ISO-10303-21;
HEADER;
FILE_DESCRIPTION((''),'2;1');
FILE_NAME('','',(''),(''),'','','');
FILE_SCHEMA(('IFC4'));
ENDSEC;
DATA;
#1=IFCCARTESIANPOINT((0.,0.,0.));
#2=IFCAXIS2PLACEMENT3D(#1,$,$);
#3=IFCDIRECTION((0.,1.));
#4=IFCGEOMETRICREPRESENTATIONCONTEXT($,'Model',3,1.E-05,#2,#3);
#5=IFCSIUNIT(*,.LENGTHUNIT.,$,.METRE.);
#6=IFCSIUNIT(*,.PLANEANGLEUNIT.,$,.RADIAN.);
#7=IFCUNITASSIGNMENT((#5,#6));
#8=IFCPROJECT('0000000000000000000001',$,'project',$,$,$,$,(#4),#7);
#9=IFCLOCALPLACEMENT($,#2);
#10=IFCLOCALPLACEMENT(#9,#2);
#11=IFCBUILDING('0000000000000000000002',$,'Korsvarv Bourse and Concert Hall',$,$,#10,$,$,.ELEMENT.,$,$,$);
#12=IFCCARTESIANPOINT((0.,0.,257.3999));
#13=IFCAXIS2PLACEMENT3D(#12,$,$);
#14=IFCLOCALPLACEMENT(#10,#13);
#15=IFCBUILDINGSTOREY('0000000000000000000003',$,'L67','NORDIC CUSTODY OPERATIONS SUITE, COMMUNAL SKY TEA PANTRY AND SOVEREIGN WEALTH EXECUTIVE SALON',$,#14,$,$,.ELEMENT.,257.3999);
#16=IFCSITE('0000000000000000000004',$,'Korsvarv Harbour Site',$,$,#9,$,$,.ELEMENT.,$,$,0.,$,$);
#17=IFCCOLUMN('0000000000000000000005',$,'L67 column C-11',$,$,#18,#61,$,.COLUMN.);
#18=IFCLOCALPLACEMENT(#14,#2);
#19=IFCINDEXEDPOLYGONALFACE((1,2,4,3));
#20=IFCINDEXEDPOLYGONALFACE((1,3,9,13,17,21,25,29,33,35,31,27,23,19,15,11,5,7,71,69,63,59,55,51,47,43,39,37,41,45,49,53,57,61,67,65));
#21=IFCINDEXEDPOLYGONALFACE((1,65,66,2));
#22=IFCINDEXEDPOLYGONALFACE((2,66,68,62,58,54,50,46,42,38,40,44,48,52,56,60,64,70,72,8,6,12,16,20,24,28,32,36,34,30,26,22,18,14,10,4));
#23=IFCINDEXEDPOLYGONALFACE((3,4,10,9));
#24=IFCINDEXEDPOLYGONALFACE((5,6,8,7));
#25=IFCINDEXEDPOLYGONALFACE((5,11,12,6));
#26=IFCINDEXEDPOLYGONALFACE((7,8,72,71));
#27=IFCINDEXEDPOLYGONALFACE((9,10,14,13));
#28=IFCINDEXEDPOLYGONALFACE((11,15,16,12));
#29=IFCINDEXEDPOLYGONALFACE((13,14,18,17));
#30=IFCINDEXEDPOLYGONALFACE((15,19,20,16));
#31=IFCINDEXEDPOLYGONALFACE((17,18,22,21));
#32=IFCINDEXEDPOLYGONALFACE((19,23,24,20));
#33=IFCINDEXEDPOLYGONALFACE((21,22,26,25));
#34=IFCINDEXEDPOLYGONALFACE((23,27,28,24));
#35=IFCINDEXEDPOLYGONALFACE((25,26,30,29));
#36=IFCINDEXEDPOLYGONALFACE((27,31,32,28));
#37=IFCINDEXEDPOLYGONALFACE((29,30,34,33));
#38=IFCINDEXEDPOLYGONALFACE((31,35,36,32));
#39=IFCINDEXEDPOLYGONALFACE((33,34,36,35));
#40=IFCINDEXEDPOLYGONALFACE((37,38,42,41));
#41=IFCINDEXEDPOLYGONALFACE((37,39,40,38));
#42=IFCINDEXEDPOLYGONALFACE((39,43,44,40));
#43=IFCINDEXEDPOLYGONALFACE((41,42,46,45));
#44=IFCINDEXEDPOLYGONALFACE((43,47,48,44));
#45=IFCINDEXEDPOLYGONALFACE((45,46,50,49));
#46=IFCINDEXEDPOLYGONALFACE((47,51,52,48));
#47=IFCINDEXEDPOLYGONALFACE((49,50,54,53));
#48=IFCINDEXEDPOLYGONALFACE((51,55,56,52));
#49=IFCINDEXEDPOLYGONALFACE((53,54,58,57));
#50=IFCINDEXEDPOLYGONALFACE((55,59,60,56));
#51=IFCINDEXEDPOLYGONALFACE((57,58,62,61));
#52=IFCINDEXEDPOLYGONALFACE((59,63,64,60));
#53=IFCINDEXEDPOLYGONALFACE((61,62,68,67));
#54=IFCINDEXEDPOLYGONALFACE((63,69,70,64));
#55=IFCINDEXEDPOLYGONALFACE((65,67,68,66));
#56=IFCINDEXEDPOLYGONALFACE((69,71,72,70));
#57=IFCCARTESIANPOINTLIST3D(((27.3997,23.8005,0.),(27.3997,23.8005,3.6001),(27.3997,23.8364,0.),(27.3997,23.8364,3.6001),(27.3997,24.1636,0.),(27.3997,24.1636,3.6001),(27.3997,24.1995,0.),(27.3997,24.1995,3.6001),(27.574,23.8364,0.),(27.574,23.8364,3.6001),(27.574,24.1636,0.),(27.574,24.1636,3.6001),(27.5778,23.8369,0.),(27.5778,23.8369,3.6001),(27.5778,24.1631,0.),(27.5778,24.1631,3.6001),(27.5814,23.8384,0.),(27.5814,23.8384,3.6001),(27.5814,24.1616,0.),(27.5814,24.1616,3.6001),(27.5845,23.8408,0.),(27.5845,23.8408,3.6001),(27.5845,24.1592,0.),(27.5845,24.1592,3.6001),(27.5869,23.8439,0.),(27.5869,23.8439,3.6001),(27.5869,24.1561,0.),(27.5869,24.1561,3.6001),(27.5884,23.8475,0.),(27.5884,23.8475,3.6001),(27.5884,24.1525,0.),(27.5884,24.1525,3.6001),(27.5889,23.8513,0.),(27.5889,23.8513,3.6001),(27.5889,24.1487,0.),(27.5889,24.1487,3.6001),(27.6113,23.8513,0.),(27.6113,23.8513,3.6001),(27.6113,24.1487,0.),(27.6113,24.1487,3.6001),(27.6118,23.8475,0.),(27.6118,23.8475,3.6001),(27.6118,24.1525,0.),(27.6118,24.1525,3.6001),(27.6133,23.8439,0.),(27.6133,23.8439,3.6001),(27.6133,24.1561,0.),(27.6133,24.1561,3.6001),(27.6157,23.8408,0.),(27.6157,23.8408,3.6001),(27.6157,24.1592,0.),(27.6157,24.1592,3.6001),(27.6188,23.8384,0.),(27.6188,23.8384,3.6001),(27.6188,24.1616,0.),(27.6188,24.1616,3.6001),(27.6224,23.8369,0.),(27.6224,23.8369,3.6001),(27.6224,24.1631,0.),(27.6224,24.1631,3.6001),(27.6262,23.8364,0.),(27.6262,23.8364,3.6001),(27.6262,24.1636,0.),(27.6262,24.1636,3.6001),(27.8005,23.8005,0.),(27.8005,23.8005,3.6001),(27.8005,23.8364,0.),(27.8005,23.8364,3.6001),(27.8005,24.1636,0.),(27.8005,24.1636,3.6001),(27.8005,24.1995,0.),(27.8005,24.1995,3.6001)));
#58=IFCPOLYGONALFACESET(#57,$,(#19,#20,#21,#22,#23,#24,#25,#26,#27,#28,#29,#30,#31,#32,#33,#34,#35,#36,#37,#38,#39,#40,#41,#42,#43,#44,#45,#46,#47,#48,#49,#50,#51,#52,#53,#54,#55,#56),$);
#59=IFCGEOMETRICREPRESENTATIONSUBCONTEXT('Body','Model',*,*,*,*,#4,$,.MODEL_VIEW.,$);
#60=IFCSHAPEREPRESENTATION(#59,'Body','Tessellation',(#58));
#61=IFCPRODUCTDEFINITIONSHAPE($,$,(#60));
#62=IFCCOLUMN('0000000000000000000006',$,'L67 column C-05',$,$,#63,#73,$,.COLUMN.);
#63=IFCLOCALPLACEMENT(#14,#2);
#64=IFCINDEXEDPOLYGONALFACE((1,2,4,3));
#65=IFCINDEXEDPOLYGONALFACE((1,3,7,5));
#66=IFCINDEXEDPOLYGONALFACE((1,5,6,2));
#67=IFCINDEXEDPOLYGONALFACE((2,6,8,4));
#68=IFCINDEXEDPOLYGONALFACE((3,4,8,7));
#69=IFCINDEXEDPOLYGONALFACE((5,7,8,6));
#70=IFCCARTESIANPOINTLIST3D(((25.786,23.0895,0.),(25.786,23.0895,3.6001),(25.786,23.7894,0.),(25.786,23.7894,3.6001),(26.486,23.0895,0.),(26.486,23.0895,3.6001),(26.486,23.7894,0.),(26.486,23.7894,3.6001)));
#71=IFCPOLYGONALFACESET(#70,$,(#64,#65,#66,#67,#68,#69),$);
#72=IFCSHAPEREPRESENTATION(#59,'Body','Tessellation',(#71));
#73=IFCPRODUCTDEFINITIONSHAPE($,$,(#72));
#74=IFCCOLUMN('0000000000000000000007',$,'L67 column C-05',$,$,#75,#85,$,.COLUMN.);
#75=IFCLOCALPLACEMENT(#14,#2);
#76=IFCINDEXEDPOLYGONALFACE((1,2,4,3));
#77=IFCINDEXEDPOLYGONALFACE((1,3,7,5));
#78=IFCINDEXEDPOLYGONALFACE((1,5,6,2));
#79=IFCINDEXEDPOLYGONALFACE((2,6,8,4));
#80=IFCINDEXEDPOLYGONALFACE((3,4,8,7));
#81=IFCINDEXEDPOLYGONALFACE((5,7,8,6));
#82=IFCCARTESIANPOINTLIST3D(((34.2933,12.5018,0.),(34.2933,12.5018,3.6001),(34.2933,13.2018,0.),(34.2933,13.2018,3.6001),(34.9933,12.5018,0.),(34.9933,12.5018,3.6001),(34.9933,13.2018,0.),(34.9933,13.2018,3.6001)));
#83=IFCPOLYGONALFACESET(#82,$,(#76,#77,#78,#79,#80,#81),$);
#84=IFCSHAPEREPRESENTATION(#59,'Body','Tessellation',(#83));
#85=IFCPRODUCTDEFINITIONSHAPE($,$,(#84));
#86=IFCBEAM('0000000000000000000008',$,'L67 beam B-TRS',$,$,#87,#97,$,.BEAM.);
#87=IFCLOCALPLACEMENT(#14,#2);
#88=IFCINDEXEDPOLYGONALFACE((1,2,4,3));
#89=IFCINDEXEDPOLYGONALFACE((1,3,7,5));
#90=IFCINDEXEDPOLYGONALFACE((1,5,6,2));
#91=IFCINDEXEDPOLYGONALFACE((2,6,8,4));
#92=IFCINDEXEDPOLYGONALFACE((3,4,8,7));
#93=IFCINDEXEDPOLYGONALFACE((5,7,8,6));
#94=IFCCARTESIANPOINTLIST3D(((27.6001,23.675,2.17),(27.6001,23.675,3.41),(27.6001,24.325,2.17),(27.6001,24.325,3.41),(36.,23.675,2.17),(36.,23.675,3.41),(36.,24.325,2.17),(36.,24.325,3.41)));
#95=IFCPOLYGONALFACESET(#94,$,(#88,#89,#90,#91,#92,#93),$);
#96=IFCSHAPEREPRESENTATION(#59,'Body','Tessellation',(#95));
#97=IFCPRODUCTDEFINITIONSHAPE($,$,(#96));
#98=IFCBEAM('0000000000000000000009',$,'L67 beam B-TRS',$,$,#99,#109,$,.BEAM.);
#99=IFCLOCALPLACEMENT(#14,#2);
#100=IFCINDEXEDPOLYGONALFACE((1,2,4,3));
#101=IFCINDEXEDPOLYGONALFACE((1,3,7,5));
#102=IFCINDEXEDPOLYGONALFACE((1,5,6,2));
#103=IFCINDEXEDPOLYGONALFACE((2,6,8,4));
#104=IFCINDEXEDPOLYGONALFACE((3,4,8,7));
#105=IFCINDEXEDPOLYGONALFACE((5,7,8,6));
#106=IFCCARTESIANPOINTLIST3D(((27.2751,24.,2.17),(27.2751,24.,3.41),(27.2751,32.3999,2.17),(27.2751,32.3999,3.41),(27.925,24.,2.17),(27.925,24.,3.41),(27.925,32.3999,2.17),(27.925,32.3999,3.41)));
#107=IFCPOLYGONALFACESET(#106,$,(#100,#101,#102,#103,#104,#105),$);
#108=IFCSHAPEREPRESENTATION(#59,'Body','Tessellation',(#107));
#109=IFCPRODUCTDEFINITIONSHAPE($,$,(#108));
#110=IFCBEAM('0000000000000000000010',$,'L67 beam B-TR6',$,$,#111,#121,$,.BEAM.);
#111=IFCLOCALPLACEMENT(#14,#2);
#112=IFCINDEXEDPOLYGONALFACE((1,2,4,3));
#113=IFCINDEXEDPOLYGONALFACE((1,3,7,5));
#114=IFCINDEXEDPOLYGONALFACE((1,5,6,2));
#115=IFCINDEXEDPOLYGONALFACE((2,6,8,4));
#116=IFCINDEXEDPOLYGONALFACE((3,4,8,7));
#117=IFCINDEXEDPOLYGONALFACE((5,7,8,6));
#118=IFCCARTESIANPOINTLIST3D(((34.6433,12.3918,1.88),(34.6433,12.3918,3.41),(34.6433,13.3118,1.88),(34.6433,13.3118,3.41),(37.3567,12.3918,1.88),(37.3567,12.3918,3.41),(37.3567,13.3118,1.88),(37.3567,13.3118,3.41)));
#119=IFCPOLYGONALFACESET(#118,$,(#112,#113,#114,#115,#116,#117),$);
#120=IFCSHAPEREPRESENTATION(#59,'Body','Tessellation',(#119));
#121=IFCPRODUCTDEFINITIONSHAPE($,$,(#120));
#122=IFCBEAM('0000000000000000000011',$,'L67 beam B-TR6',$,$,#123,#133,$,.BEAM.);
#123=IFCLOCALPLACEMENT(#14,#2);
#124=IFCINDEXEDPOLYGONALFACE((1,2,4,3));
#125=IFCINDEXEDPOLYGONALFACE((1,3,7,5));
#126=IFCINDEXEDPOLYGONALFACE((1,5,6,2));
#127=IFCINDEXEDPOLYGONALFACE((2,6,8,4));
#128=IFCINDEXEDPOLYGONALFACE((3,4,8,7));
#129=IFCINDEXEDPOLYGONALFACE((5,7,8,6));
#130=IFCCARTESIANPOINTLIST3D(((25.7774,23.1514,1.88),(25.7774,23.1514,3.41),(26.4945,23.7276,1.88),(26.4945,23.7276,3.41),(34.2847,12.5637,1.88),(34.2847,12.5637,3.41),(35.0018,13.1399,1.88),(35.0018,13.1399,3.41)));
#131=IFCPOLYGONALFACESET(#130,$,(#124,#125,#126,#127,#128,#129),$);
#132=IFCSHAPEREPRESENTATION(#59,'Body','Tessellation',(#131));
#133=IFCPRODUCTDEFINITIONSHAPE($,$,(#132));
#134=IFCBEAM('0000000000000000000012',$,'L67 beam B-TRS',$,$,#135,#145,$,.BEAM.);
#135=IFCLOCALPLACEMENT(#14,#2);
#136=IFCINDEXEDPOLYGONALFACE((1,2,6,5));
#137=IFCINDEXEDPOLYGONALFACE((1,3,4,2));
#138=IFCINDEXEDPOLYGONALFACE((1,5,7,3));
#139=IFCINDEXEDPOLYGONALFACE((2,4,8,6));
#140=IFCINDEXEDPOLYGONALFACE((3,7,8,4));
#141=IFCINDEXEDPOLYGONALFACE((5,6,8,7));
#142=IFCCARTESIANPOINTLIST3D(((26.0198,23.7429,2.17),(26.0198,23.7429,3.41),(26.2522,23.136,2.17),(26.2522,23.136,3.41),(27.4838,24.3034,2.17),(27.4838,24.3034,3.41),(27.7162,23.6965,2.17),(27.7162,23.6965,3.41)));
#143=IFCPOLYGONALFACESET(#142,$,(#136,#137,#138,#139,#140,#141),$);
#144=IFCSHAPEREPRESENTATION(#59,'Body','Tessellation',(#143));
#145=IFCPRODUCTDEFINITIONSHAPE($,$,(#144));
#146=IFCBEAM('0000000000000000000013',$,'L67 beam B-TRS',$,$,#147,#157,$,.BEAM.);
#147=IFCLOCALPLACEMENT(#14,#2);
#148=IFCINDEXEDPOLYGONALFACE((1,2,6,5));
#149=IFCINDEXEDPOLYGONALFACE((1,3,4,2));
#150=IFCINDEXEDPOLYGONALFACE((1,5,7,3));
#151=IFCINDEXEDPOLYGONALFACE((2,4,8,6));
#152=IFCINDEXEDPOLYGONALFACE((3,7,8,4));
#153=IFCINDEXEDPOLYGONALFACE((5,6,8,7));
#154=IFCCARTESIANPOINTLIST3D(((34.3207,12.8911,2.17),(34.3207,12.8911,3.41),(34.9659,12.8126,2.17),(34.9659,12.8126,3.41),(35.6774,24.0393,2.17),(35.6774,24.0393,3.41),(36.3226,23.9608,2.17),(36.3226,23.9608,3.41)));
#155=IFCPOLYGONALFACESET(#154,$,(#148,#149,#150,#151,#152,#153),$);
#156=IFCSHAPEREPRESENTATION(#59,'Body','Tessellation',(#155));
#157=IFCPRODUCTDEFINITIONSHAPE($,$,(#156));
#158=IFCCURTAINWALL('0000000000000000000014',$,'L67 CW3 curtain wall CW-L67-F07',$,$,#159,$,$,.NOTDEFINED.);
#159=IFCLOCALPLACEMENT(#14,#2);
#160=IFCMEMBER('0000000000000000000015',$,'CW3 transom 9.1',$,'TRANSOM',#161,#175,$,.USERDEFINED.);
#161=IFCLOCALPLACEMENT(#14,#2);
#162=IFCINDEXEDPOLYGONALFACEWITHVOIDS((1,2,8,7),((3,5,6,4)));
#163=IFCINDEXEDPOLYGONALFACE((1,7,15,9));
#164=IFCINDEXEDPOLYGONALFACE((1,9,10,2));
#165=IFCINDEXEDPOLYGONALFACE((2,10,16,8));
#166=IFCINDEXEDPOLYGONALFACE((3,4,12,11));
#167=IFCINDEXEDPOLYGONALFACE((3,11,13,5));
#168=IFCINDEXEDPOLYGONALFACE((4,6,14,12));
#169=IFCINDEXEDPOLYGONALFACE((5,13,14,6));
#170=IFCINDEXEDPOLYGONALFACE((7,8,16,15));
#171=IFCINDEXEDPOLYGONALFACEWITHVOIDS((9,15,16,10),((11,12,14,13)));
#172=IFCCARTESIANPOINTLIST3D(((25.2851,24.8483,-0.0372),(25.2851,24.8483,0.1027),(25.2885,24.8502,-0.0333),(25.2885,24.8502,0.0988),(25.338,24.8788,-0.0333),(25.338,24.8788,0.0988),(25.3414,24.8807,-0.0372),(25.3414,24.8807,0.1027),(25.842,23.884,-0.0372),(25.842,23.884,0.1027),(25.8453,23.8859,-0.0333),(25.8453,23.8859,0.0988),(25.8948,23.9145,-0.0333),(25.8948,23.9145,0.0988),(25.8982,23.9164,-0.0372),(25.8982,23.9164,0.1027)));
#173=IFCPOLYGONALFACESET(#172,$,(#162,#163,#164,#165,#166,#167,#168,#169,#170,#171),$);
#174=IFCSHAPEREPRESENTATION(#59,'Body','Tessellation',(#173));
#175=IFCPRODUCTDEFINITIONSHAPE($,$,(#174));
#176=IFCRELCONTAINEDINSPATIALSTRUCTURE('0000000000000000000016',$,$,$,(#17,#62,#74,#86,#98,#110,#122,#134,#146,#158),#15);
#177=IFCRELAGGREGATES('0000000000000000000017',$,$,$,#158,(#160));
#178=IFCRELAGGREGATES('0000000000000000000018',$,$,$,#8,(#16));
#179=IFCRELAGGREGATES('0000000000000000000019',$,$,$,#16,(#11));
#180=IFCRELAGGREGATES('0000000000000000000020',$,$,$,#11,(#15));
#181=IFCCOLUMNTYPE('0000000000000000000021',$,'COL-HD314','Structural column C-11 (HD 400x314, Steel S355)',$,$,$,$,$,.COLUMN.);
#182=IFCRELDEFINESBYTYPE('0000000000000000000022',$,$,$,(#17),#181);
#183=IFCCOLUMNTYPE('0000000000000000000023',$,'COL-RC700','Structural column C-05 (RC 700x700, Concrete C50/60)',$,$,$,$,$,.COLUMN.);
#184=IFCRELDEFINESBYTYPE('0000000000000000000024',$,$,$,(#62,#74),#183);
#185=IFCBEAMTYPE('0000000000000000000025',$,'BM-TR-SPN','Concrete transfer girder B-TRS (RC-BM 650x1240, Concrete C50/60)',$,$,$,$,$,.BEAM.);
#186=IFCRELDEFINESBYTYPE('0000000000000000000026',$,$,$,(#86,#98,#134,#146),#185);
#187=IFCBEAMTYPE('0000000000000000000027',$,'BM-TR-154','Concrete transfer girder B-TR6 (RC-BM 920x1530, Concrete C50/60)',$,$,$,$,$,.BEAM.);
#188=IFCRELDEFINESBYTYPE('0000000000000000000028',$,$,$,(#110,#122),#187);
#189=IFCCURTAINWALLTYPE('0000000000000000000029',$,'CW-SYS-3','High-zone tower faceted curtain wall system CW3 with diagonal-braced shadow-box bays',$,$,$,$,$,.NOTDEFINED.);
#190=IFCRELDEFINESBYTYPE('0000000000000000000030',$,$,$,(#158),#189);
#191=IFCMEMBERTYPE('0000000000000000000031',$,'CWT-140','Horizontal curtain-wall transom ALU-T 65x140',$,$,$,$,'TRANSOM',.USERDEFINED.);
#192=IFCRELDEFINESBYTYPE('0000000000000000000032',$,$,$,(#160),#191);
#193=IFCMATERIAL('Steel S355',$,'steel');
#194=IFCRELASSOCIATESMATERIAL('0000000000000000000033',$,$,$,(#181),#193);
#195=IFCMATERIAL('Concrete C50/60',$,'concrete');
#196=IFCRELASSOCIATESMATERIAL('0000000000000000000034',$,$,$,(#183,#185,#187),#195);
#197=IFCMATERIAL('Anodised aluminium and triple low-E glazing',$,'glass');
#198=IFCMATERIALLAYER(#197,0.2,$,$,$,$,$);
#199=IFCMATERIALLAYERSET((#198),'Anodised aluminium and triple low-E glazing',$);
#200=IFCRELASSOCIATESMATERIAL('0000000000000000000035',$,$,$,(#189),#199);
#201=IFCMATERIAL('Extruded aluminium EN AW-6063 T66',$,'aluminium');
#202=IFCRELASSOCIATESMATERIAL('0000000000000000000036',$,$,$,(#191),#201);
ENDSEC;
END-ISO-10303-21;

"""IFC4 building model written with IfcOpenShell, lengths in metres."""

from ifc_helpers import new_model, si_unit, direction, frame, origin, origin_2d, place, context, subcontext, project, spatial, rectangle, hollow_rectangle, i_section, extrude, source, transform, mapped, material, layer, layer_set, material_profile, profile_set, type_object, element, aggregate, save


model = new_model("IFC4")

# Units and contexts
model_context = context("Model", 3, precision=1e-05, world=origin(), true_north=direction((0.0, 1.0)))
body_context = subcontext(model_context, "Body", "Model", "MODEL_VIEW")
ifc_project = project(units=[si_unit("LENGTHUNIT", "METRE"), si_unit("PLANEANGLEUNIT", "RADIAN")], contexts=[model_context])

# Site, building, storey
site_placement = place(None, origin())
site = spatial("IfcSite", under=ifc_project, at=site_placement, Name="Korsvarv Harbour Site", CompositionType="ELEMENT", RefElevation=0.0)
building_placement = place(site_placement, origin())
building = spatial("IfcBuilding", under=site, at=building_placement, Name="Korsvarv Bourse and Concert Hall", CompositionType="ELEMENT")
storey_placement = place(building_placement, frame((0.0, 0.0, 257.3999)))
storey = spatial("IfcBuildingStorey", under=building, at=storey_placement, Name="L67", Description="NORDIC CUSTODY OPERATIONS SUITE, COMMUNAL SKY TEA PANTRY AND SOVEREIGN WEALTH EXECUTIVE SALON", CompositionType="ELEMENT", Elevation=257.3999)

# Columns
ifc_material_1 = material(Name="Steel S355", Category="steel")
ifc_material_profile_1 = material_profile(ifc_material_1, i_section(OverallWidth=0.4009, OverallDepth=0.3989, WebThickness=0.0225, FlangeThickness=0.0359, FilletRadius=0.0149, at=origin_2d()), Name="HD 400x314")
ifc_profile_set_1 = profile_set([ifc_material_profile_1], Name="Steel S355")
column_type_1 = type_object("IfcColumnType", Name="COL-HD314", Description="Structural column C-11 (HD 400x314, Steel S355)", PredefinedType="COLUMN", material=ifc_profile_set_1)
shared_shape_1 = source(origin(), body_context, "Body", "SweptSolid", [
    extrude(i_section(OverallWidth=0.4009, OverallDepth=0.3989, WebThickness=0.0225, FlangeThickness=0.0359, FilletRadius=0.0149, at=origin_2d()), origin(), (0.0, 0.0, 1.0), 3.6001),
])
column_placement = place(storey_placement, frame((27.6001, 24.0, 0.0), z_axis=(0.0, 0.0, 1.0), x_axis=(1.0, 0.0, 0.0)))
element("IfcColumn", 1, at=column_placement, inside=storey, type_object=column_type_1, Name="L67 column C-11", PredefinedType="COLUMN", context=body_context, shape_type="MappedRepresentation", body=[
    mapped(shared_shape_1, transform((0.0, 0.0, 0.0), scale=1.0)),
])
ifc_material_2 = material(Name="Concrete C50/60", Category="concrete")
ifc_material_profile_2 = material_profile(ifc_material_2, rectangle(XDim=0.7, YDim=0.7, at=origin_2d()), Name="RC 700x700")
ifc_profile_set_2 = profile_set([ifc_material_profile_2], Name="Concrete C50/60")
column_type_2 = type_object("IfcColumnType", Name="COL-RC700", Description="Structural column C-05 (RC 700x700, Concrete C50/60)", PredefinedType="COLUMN", material=ifc_profile_set_2)
shared_shape_2 = source(origin(), body_context, "Body", "SweptSolid", [
    extrude(rectangle(XDim=0.7, YDim=0.7, at=origin_2d()), origin(), (0.0, 0.0, 1.0), 3.6001),
])
for number, where, z_axis, x_axis, name in (
    (2, (26.136, 23.4395, 0.0), (0.0, 0.0, 1.0), (1.0, 0.0, 0.0), "L67 column C-05"),
    (3, (34.6433, 12.8518, 0.0), (0.0, 0.0, 1.0), (1.0, 0.0, 0.0), "L67 column C-05"),
):
    element("IfcColumn", number, at=place(storey_placement, frame(where, z_axis=z_axis, x_axis=x_axis)), inside=storey, type_object=column_type_2, Name=name, PredefinedType="COLUMN", context=body_context, shape_type="MappedRepresentation", body=[
        mapped(shared_shape_2, transform((0.0, 0.0, 0.0), scale=1.0)),
    ])

# Beams
ifc_material_profile_3 = material_profile(ifc_material_2, rectangle(XDim=0.6499, YDim=1.24, at=origin_2d()), Name="RC-BM 650x1240")
ifc_profile_set_3 = profile_set([ifc_material_profile_3], Name="Concrete C50/60")
beam_type_1 = type_object("IfcBeamType", Name="BM-TR-SPN", Description="Concrete transfer girder B-TRS (RC-BM 650x1240, Concrete C50/60)", PredefinedType="BEAM", material=ifc_profile_set_3)
shared_shape_3 = source(origin(), body_context, "Body", "SweptSolid", [
    extrude(rectangle(XDim=0.6499, YDim=1.24, at=origin_2d()), origin(), (0.0, 0.0, 1.0), 8.3999),
])
for number, where, z_axis, x_axis, name in (
    (4, (27.6001, 24.0, 2.79), (1.0, 0.0, 0.0), (0.0, 1.0, 0.0), "L67 beam B-TRS"),
    (5, (27.6001, 24.0, 2.79), (0.0, 1.0, 0.0), (-1.0, 0.0, 0.0), "L67 beam B-TRS"),
):
    element("IfcBeam", number, at=place(storey_placement, frame(where, z_axis=z_axis, x_axis=x_axis)), inside=storey, type_object=beam_type_1, Name=name, PredefinedType="BEAM", context=body_context, shape_type="MappedRepresentation", body=[
        mapped(shared_shape_3, transform((0.0, 0.0, 0.0), scale=1.0)),
    ])
ifc_material_profile_4 = material_profile(ifc_material_2, rectangle(XDim=0.9199, YDim=1.53, at=origin_2d()), Name="RC-BM 920x1530")
ifc_profile_set_4 = profile_set([ifc_material_profile_4], Name="Concrete C50/60")
beam_type_2 = type_object("IfcBeamType", Name="BM-TR-154", Description="Concrete transfer girder B-TR6 (RC-BM 920x1530, Concrete C50/60)", PredefinedType="BEAM", material=ifc_profile_set_4)
shared_shape_4 = source(origin(), body_context, "Body", "SweptSolid", [
    extrude(rectangle(XDim=0.9199, YDim=1.53, at=origin_2d()), origin(), (0.0, 0.0, 1.0), 2.7134),
])
beam_1_placement = place(storey_placement, frame((34.6433, 12.8518, 2.645), z_axis=(1.0, 0.0, 0.0), x_axis=(0.0, 1.0, 0.0)))
element("IfcBeam", 6, at=beam_1_placement, inside=storey, type_object=beam_type_2, Name="L67 beam B-TR6", PredefinedType="BEAM", context=body_context, shape_type="MappedRepresentation", body=[
    mapped(shared_shape_4, transform((0.0, 0.0, 0.0), scale=1.0)),
])
shared_shape_5 = source(origin(), body_context, "Body", "SweptSolid", [
    extrude(rectangle(XDim=0.9199, YDim=1.53, at=origin_2d()), origin(), (0.0, 0.0, 1.0), 13.582),
])
beam_2_placement = place(storey_placement, frame((26.136, 23.4395, 2.645), z_axis=(0.626364, -0.779531, 0.0), x_axis=(0.779531, 0.626364, 0.0)))
element("IfcBeam", 7, at=beam_2_placement, inside=storey, type_object=beam_type_2, Name="L67 beam B-TR6", PredefinedType="BEAM", context=body_context, shape_type="MappedRepresentation", body=[
    mapped(shared_shape_5, transform((0.0, 0.0, 0.0), scale=1.0)),
])
shared_shape_6 = source(origin(), body_context, "Body", "SweptSolid", [
    extrude(rectangle(XDim=0.6499, YDim=1.24, at=origin_2d()), origin(), (0.0, 0.0, 1.0), 1.5676),
])
beam_3_placement = place(storey_placement, frame((26.136, 23.4395, 2.79), z_axis=(0.933894, 0.357549, 0.0), x_axis=(-0.357549, 0.933894, 0.0)))
element("IfcBeam", 8, at=beam_3_placement, inside=storey, type_object=beam_type_1, Name="L67 beam B-TRS", PredefinedType="BEAM", context=body_context, shape_type="MappedRepresentation", body=[
    mapped(shared_shape_6, transform((0.0, 0.0, 0.0), scale=1.0)),
])
shared_shape_7 = source(origin(), body_context, "Body", "SweptSolid", [
    extrude(rectangle(XDim=0.6499, YDim=1.24, at=origin_2d()), origin(), (0.0, 0.0, 1.0), 11.2305),
])
beam_4_placement = place(storey_placement, frame((34.6433, 12.8518, 2.79), z_axis=(0.120805, 0.992676, 0.0), x_axis=(-0.992676, 0.120805, 0.0)))
element("IfcBeam", 9, at=beam_4_placement, inside=storey, type_object=beam_type_1, Name="L67 beam B-TRS", PredefinedType="BEAM", context=body_context, shape_type="MappedRepresentation", body=[
    mapped(shared_shape_7, transform((0.0, 0.0, 0.0), scale=1.0)),
])

# Curtain wall, member
ifc_material_3 = material(Name="Anodised aluminium and triple low-E glazing", Category="glass")
ifc_layer_1 = layer(ifc_material_3, 0.2)
ifc_layer_set_1 = layer_set([ifc_layer_1], Name="Anodised aluminium and triple low-E glazing")
curtain_wall_type = type_object("IfcCurtainWallType", Name="CW-SYS-3", Description="High-zone tower faceted curtain wall system CW3 with diagonal-braced shadow-box bays", PredefinedType="NOTDEFINED", material=ifc_layer_set_1)
curtain_wall_placement = place(storey_placement, origin())
curtain_wall = element("IfcCurtainWall", 10, at=curtain_wall_placement, inside=storey, type_object=curtain_wall_type, Name="L67 CW3 curtain wall CW-L67-F07", PredefinedType="NOTDEFINED")
ifc_material_4 = material(Name="Extruded aluminium EN AW-6063 T66", Category="aluminium")
ifc_material_profile_5 = material_profile(ifc_material_4, hollow_rectangle(XDim=0.0649, YDim=0.1399, WallThickness=0.0039, at=origin_2d()), Name="ALU-T 65x140")
ifc_profile_set_5 = profile_set([ifc_material_profile_5], Name="Extruded aluminium EN AW-6063 T66")
member_type_1 = type_object("IfcMemberType", Name="CWT-140", Description="Horizontal curtain-wall transom ALU-T 65x140", ElementType="TRANSOM", PredefinedType="USERDEFINED", material=ifc_profile_set_5)
shared_shape_8 = source(origin(), body_context, "Body", "SweptSolid", [
    extrude(hollow_rectangle(XDim=0.0649, YDim=0.1399, WallThickness=0.0039, at=origin_2d()), origin(), (0.0, 0.0, 1.0), 1.1135),
])
member_1_placement = place(storey_placement, frame((25.3132, 24.8645, 0.0327), z_axis=(0.500077, -0.865981, 0.0), x_axis=(0.865981, 0.500077, 0.0)))
member_1 = element("IfcMember", 11, at=member_1_placement, type_object=member_type_1, Name="CW3 transom 9.1", ObjectType="TRANSOM", PredefinedType="USERDEFINED", context=body_context, shape_type="MappedRepresentation", body=[
    mapped(shared_shape_8, transform((0.0, 0.0, 0.0), scale=1.0)),
])
aggregate(curtain_wall, [member_1])

save(model, "model.ifc")
